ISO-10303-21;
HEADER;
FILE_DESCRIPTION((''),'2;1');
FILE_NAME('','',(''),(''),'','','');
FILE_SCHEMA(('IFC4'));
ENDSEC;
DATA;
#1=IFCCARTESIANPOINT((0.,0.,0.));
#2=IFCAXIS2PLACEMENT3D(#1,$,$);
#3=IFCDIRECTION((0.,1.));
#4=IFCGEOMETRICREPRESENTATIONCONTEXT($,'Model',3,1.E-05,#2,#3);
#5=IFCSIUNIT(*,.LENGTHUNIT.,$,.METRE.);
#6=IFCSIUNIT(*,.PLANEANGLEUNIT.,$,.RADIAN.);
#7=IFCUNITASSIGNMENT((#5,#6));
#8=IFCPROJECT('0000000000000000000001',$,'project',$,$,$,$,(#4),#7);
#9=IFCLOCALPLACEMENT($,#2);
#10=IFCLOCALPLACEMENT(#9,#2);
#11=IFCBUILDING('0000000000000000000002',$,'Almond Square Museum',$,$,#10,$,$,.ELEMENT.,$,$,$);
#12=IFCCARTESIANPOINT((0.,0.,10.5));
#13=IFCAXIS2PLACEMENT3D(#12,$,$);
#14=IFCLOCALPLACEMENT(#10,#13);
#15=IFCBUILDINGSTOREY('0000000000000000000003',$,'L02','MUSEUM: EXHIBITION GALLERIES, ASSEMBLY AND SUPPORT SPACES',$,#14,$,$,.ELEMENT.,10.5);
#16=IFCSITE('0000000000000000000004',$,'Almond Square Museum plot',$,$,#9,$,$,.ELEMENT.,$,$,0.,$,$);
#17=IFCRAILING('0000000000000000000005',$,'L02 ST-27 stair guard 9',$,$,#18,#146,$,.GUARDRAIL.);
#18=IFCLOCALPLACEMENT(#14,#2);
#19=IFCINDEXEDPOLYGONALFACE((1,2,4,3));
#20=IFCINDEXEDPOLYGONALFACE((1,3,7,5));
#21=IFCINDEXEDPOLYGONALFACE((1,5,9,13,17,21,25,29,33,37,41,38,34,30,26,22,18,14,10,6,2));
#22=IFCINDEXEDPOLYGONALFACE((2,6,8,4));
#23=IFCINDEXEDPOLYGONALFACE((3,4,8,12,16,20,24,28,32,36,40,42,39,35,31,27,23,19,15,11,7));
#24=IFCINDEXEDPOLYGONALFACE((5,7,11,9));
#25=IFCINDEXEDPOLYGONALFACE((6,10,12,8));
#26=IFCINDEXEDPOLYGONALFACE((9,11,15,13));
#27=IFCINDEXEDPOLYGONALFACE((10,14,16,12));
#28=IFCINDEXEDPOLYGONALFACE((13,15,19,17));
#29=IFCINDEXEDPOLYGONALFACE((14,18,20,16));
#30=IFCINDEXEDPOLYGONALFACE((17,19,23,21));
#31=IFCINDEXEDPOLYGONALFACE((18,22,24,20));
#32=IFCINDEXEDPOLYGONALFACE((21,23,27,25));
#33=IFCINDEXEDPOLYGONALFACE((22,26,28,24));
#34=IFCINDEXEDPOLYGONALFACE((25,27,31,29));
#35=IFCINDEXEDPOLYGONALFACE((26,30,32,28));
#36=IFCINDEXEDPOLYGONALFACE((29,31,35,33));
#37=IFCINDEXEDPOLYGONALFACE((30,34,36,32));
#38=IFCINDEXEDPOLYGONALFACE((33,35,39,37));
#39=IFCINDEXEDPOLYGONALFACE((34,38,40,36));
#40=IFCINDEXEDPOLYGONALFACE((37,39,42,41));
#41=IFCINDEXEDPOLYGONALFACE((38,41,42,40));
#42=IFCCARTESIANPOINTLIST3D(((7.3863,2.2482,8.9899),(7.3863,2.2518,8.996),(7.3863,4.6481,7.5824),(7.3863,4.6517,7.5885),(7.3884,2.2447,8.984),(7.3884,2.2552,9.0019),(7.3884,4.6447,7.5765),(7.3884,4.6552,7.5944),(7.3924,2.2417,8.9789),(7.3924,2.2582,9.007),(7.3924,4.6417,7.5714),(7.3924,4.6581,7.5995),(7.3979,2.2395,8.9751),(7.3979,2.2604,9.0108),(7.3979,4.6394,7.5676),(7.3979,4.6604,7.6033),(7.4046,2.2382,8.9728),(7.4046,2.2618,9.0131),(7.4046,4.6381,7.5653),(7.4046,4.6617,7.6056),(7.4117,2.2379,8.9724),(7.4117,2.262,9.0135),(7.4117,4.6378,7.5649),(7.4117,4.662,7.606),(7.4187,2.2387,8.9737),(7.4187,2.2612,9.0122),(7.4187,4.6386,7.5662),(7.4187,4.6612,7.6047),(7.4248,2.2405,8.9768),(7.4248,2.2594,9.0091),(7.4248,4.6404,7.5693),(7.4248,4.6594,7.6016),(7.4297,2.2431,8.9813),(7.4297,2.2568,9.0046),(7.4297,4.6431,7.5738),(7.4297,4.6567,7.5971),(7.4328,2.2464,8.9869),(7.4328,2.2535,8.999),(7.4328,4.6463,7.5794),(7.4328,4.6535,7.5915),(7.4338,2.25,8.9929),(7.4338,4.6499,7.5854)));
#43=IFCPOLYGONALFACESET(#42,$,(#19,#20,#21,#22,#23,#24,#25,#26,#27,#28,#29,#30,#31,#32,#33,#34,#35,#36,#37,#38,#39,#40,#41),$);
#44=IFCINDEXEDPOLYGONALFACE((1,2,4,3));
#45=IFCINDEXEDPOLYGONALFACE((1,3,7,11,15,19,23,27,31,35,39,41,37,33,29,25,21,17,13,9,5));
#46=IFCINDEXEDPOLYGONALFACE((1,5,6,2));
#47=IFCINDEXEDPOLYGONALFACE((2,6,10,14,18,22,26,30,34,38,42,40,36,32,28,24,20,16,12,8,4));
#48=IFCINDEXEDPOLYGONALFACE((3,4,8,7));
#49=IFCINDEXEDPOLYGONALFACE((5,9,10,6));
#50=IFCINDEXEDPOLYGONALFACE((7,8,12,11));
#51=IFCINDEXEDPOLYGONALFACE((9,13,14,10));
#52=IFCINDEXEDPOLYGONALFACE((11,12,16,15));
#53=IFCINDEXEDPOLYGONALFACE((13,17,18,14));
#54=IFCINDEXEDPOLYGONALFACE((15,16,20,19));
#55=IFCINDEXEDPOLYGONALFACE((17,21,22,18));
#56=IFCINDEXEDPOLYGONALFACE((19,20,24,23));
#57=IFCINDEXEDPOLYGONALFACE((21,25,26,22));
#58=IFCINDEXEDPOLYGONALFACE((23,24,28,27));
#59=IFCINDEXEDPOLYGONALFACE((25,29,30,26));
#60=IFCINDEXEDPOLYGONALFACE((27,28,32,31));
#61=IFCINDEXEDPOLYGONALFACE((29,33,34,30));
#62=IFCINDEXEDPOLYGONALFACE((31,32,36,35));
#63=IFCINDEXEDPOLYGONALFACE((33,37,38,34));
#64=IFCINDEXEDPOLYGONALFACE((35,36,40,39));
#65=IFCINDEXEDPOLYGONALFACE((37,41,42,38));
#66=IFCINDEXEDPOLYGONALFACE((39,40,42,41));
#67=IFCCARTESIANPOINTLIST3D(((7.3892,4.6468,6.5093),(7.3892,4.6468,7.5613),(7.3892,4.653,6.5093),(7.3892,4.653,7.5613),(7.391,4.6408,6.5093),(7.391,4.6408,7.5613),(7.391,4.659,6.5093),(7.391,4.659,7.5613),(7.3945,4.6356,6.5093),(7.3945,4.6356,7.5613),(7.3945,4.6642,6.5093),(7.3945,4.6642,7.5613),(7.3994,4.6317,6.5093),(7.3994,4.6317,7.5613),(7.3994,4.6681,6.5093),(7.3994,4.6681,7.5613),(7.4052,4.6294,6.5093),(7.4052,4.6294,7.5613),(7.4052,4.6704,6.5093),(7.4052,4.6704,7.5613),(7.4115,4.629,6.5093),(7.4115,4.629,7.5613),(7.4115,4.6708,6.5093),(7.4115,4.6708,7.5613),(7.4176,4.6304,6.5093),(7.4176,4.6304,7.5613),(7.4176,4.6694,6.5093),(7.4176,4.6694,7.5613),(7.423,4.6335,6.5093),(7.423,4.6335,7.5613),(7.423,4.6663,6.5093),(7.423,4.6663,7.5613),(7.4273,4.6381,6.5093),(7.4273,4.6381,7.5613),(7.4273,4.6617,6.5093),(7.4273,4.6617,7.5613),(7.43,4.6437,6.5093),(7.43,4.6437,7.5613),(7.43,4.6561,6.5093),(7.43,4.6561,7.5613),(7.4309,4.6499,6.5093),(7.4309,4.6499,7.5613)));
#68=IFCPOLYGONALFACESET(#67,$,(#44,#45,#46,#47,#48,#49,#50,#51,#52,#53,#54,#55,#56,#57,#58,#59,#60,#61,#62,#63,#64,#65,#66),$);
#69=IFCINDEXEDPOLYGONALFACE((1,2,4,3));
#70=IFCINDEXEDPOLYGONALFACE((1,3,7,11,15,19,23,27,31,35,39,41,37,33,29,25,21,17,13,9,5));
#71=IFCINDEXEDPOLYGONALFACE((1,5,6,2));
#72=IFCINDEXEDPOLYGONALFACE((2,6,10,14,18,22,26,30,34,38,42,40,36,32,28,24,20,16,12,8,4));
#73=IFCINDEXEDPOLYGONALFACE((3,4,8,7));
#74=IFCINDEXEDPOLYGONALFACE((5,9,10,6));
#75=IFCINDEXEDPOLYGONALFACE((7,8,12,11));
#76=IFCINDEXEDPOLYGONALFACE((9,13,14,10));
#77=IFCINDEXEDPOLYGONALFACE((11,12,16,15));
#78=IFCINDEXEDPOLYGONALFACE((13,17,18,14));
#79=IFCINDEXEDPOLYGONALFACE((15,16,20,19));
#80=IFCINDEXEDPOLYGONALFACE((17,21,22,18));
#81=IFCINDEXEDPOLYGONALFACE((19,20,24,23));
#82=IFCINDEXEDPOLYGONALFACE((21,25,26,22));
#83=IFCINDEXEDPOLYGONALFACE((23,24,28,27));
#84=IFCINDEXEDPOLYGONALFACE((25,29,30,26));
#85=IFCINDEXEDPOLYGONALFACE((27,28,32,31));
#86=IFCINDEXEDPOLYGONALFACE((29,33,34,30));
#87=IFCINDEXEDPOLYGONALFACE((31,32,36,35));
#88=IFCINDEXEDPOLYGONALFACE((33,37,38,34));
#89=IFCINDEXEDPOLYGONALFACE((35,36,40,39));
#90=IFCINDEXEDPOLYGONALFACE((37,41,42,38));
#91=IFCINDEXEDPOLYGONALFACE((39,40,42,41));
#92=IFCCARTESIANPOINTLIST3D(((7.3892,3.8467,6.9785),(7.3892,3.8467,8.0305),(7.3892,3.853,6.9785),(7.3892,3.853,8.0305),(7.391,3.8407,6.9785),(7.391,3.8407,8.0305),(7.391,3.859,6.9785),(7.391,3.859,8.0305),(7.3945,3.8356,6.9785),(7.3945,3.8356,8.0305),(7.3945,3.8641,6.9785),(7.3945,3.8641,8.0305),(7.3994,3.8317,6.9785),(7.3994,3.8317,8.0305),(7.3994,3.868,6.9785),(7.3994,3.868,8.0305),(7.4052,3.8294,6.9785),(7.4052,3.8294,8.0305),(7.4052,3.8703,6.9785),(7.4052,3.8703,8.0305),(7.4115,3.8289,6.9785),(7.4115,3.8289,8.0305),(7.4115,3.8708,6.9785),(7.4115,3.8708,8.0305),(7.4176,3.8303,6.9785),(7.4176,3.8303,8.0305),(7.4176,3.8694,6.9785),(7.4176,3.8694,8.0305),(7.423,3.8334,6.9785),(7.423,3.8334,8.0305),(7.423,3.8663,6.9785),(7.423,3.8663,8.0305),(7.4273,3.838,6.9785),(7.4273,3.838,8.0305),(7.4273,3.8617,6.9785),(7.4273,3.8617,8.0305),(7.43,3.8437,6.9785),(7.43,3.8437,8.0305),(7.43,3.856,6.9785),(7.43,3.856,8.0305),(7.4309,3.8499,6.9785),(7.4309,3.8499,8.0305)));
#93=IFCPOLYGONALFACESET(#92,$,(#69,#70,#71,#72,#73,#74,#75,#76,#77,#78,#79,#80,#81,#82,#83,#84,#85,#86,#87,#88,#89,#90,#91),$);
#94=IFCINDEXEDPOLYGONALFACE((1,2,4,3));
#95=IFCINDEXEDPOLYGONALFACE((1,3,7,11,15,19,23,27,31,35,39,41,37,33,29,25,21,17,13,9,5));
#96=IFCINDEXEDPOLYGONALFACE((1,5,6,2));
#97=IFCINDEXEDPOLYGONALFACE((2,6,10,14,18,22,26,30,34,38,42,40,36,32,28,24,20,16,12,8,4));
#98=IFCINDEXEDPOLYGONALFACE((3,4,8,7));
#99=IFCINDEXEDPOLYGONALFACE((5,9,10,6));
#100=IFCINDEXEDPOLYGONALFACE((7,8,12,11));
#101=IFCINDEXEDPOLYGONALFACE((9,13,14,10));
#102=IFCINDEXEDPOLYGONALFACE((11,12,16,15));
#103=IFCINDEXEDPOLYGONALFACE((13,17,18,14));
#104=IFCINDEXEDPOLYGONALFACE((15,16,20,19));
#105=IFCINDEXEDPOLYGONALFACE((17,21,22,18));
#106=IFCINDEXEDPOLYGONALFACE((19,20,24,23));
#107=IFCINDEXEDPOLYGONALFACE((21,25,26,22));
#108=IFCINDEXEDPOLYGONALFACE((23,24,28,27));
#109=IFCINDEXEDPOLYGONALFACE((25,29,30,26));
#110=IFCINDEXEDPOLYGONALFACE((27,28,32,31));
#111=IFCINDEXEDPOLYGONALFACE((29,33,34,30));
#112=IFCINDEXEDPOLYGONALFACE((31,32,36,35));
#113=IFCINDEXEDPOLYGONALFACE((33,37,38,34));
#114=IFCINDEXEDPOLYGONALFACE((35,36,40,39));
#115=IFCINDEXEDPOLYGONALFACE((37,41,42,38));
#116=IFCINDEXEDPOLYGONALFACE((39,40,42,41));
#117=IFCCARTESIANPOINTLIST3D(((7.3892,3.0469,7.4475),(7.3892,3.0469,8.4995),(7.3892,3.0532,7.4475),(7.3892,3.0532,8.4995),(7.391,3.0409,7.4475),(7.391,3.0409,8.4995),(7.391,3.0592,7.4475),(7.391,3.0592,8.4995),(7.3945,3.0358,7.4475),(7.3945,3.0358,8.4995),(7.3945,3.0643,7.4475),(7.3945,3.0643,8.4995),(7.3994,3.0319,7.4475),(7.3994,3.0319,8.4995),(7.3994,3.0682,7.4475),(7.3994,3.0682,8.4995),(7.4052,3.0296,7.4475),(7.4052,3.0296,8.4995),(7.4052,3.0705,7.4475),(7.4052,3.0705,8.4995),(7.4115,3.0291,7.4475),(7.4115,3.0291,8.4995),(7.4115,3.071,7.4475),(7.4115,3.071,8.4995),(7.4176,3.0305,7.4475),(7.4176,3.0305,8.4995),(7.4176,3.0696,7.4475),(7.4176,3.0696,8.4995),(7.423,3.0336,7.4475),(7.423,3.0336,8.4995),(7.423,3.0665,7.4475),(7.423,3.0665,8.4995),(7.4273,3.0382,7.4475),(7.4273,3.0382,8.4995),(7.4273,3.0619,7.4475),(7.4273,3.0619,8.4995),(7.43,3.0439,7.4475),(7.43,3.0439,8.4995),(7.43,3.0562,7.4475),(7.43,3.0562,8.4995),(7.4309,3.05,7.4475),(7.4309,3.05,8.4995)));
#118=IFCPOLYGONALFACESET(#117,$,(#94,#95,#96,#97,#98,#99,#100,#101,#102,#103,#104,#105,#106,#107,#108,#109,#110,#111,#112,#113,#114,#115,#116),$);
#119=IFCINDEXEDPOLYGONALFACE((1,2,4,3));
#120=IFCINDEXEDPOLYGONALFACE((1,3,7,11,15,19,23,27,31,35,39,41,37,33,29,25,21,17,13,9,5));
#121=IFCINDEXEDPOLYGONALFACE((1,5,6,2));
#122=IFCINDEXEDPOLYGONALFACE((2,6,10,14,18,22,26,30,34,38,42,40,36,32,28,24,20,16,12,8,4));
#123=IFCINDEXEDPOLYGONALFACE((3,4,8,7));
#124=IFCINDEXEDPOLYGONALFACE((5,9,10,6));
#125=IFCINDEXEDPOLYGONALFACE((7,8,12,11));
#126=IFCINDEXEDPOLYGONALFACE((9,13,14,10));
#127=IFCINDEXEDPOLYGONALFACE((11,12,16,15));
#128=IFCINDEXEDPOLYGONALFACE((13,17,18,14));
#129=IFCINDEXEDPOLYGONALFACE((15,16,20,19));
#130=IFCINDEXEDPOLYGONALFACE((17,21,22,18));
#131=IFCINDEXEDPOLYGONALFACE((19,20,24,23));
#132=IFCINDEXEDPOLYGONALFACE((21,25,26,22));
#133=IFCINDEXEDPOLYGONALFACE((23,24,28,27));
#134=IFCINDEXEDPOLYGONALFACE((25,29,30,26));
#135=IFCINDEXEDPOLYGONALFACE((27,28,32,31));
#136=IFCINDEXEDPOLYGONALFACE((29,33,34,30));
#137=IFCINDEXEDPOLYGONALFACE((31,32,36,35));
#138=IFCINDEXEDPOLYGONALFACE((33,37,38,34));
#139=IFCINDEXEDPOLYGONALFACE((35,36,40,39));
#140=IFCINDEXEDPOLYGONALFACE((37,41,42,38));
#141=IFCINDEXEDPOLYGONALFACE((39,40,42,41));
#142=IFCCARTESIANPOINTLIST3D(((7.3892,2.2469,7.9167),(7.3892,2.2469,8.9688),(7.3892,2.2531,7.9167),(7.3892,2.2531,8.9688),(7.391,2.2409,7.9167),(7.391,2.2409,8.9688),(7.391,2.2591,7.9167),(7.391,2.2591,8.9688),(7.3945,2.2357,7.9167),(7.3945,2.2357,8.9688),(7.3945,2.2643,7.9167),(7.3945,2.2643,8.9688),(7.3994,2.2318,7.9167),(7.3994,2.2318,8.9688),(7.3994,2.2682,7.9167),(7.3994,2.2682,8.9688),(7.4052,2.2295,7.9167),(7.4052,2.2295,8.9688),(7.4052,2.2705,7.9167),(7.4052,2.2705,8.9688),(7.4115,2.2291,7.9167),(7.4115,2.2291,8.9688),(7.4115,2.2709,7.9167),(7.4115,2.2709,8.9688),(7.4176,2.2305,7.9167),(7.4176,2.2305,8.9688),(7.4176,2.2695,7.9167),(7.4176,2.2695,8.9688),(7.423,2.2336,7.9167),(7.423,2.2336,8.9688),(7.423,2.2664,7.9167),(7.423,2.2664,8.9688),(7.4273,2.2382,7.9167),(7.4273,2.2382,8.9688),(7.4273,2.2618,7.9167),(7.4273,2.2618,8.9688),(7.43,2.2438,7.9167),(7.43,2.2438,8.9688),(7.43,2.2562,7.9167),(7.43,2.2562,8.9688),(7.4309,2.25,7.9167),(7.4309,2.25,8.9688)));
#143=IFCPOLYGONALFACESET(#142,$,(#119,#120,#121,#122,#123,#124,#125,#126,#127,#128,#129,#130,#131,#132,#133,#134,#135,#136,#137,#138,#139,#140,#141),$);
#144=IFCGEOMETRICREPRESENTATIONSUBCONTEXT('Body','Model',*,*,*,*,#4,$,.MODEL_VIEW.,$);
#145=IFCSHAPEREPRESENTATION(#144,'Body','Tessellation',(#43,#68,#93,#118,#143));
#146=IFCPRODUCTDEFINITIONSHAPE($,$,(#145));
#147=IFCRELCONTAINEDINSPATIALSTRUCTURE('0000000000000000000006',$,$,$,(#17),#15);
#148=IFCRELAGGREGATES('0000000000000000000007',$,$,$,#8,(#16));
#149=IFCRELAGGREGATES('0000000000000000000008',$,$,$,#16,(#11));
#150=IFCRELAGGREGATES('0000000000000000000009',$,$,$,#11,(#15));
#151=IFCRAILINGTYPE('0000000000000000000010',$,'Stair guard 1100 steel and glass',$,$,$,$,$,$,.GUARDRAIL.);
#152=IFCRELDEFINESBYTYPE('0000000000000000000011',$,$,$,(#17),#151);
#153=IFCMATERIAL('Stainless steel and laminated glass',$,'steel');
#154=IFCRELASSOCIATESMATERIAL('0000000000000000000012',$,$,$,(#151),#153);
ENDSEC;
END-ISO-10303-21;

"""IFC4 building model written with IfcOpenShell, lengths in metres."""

from ifc_helpers import new_model, si_unit, direction, frame, origin, origin_2d, place, context, subcontext, project, spatial, circle, extrude, material, type_object, element, save


model = new_model("IFC4")

# Units and contexts
model_context = context("Model", 3, precision=1e-05, world=origin(), true_north=direction((0.0, 1.0)))
body_context = subcontext(model_context, "Body", "Model", "MODEL_VIEW")
ifc_project = project(units=[si_unit("LENGTHUNIT", "METRE"), si_unit("PLANEANGLEUNIT", "RADIAN")], contexts=[model_context])

# Site, building, storey
site_placement = place(None, origin())
site = spatial("IfcSite", under=ifc_project, at=site_placement, Name="Almond Square Museum plot", CompositionType="ELEMENT", RefElevation=0.0)
building_placement = place(site_placement, origin())
building = spatial("IfcBuilding", under=site, at=building_placement, Name="Almond Square Museum", CompositionType="ELEMENT")
storey_placement = place(building_placement, frame((0.0, 0.0, 10.5)))
storey = spatial("IfcBuildingStorey", under=building, at=storey_placement, Name="L02", Description="MUSEUM: EXHIBITION GALLERIES, ASSEMBLY AND SUPPORT SPACES", CompositionType="ELEMENT", Elevation=10.5)

# Railing
ifc_material_1 = material(Name="Stainless steel and laminated glass", Category="steel")
railing_type_1 = type_object("IfcRailingType", Name="Stair guard 1100 steel and glass", PredefinedType="GUARDRAIL", material=ifc_material_1)
railing_1_placement = place(storey_placement, frame((7.4099, 4.6499, 6.5093)))
element("IfcRailing", 1, at=railing_1_placement, inside=storey, type_object=railing_type_1, Name="L02 ST-27 stair guard 9", PredefinedType="GUARDRAIL", context=body_context, shape_type="SweptSolid", body=[
    extrude(circle(Radius=0.0239, at=origin_2d()), frame((0.0, 0.0, 1.0762), z_axis=(0.0, -0.862599, 0.505888), x_axis=(1.0, 0.0, 0.0)), (0.0, 0.0, 1.0), 2.7822),
    extrude(circle(Radius=0.021, at=origin_2d()), origin(), (0.0, 0.0, 1.0), 1.052),
    extrude(circle(Radius=0.021, at=origin_2d()), frame((0.0, -0.8, 0.4692)), (0.0, 0.0, 1.0), 1.052),
    extrude(circle(Radius=0.021, at=origin_2d()), frame((0.0, -1.5999, 0.9382)), (0.0, 0.0, 1.0), 1.052),
    extrude(circle(Radius=0.021, at=origin_2d()), frame((0.0, -2.3999, 1.4075)), (0.0, 0.0, 1.0), 1.052),
])

save(model, "model.ifc")
